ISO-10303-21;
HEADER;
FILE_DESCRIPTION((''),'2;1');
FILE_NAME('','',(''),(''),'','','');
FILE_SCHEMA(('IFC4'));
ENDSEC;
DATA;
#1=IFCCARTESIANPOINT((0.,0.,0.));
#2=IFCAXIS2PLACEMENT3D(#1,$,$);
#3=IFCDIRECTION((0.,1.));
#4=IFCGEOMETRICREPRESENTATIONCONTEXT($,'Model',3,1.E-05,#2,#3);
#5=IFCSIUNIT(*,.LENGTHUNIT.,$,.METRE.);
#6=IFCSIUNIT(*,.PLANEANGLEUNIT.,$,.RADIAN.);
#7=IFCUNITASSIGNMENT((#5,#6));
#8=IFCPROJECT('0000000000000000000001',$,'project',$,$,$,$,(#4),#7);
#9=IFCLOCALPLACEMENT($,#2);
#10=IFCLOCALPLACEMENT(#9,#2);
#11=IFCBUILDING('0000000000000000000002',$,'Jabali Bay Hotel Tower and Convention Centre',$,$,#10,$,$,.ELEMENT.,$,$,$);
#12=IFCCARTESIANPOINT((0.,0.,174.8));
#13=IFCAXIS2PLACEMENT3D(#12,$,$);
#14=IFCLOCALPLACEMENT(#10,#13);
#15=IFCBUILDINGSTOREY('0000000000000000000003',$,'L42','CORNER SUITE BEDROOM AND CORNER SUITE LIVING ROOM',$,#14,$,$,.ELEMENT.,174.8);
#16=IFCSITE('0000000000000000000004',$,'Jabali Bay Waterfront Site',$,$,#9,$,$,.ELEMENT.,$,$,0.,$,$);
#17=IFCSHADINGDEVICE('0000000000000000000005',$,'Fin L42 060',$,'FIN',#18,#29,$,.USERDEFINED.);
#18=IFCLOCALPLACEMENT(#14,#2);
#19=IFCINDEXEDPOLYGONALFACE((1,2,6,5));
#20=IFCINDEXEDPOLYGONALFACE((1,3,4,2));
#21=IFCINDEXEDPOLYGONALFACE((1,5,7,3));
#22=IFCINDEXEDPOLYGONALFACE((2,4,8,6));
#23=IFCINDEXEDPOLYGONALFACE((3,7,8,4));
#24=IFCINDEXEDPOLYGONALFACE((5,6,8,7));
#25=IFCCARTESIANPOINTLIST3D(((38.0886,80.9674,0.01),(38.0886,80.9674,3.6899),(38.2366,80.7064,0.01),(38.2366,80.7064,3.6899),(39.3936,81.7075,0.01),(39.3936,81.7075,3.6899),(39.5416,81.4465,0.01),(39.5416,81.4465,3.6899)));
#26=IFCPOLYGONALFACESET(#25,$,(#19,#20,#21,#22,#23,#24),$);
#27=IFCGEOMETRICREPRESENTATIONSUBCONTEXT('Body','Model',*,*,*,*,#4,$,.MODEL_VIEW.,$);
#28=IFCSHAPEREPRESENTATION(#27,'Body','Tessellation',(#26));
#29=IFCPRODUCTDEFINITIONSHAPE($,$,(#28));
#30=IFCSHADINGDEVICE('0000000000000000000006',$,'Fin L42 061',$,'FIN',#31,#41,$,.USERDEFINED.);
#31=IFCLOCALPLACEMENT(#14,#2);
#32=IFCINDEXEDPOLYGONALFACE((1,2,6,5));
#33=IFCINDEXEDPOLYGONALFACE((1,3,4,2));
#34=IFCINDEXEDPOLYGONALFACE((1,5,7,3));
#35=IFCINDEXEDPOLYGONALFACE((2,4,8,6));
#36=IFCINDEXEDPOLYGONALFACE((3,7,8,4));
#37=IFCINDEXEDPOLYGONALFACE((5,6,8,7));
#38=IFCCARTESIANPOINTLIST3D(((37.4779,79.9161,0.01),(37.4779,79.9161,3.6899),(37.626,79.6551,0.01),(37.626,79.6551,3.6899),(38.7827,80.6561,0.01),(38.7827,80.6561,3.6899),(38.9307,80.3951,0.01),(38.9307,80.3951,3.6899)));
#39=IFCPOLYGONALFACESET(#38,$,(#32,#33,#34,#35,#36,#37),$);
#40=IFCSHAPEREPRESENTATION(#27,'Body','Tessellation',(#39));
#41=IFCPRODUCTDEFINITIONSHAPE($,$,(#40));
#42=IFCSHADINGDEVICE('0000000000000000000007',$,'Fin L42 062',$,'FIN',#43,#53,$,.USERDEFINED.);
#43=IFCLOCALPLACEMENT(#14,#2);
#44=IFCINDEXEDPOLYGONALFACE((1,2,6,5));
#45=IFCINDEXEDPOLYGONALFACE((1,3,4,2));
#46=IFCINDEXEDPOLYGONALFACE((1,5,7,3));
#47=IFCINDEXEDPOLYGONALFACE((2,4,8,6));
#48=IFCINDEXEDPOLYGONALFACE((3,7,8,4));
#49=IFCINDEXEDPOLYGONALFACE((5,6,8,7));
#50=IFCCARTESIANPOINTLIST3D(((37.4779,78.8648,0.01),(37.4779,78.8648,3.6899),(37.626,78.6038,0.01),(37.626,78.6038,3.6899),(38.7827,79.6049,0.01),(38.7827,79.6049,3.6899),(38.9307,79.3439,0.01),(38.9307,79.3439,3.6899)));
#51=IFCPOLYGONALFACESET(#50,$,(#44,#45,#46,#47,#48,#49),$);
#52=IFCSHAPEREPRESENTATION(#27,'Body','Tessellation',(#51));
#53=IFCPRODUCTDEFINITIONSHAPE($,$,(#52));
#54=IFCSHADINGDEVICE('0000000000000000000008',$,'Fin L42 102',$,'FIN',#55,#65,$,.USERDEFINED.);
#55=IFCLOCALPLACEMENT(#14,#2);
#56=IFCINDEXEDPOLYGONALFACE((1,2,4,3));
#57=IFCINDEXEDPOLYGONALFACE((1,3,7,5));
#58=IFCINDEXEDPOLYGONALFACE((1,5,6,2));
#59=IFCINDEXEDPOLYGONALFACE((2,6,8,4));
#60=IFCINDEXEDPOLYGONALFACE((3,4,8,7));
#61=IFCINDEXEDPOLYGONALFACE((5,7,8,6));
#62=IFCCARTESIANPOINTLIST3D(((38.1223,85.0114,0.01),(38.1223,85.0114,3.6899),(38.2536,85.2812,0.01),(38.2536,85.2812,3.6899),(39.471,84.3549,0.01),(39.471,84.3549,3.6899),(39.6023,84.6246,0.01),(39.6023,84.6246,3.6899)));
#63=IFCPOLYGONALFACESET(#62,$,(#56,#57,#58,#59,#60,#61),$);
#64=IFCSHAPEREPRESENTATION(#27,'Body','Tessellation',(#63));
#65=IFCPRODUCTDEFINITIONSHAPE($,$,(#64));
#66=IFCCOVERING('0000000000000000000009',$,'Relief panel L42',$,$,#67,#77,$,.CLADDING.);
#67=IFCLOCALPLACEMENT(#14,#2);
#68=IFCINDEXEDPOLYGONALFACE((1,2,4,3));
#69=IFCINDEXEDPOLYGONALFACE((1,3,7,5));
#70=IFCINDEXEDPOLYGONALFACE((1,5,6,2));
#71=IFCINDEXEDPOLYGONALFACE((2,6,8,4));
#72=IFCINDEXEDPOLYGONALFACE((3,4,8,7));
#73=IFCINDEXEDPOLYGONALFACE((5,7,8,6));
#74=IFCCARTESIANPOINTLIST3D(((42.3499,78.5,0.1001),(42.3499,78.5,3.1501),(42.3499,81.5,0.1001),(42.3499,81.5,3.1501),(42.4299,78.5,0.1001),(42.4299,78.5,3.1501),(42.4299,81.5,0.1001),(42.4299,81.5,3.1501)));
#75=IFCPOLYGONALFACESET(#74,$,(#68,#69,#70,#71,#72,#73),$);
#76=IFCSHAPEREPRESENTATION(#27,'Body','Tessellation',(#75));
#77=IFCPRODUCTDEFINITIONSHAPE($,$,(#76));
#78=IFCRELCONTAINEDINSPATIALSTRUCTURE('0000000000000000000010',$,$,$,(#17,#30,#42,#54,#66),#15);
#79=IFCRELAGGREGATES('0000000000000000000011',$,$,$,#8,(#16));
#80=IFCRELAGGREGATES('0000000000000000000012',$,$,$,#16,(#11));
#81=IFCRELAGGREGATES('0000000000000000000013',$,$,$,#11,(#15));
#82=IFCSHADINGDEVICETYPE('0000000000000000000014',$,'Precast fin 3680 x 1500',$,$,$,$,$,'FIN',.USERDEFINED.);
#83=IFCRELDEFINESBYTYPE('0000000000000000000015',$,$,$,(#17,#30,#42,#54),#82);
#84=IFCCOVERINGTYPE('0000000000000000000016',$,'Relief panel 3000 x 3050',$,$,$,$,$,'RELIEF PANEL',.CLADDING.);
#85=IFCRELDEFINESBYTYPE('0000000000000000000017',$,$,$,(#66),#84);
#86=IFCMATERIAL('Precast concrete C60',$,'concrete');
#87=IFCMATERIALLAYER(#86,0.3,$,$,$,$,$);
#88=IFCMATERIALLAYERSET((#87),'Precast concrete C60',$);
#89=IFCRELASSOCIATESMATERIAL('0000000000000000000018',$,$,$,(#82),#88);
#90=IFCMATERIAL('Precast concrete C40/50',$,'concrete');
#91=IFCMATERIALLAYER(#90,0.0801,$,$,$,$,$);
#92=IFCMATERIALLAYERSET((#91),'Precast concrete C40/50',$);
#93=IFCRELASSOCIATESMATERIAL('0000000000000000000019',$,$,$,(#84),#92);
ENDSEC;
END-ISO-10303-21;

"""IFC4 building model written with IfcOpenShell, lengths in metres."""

from ifc_helpers import new_model, si_unit, direction, frame, frame_2d, origin, origin_2d, place, context, subcontext, project, spatial, rectangle, extrude, material, layer, layer_set, type_object, element, save


model = new_model("IFC4")

# Units and contexts
model_context = context("Model", 3, precision=1e-05, world=origin(), true_north=direction((0.0, 1.0)))
body_context = subcontext(model_context, "Body", "Model", "MODEL_VIEW")
ifc_project = project(units=[si_unit("LENGTHUNIT", "METRE"), si_unit("PLANEANGLEUNIT", "RADIAN")], contexts=[model_context])

# Site, building, storey
site_placement = place(None, origin())
site = spatial("IfcSite", under=ifc_project, at=site_placement, Name="Jabali Bay Waterfront Site", CompositionType="ELEMENT", RefElevation=0.0)
building_placement = place(site_placement, origin())
building = spatial("IfcBuilding", under=site, at=building_placement, Name="Jabali Bay Hotel Tower and Convention Centre", CompositionType="ELEMENT")
storey_placement = place(building_placement, frame((0.0, 0.0, 174.8)))
storey = spatial("IfcBuildingStorey", under=building, at=storey_placement, Name="L42", Description="CORNER SUITE BEDROOM AND CORNER SUITE LIVING ROOM", CompositionType="ELEMENT", Elevation=174.8)

# Shading devices
ifc_material_1 = material(Name="Precast concrete C60", Category="concrete")
ifc_layer_1 = layer(ifc_material_1, 0.3)
ifc_layer_set_1 = layer_set([ifc_layer_1], Name="Precast concrete C60")
shading_device_type = type_object("IfcShadingDeviceType", Name="Precast fin 3680 x 1500", ElementType="FIN", PredefinedType="USERDEFINED", material=ifc_layer_set_1)
shading_device_placement = place(storey_placement, frame((39.4675, 81.5769, 0.01), z_axis=(0.0, 0.0, 1.0), x_axis=(-0.869871, -0.493279, 0.0)))
element("IfcShadingDevice", 1, at=shading_device_placement, inside=storey, type_object=shading_device_type, Name="Fin L42 060", ObjectType="FIN", PredefinedType="USERDEFINED", context=body_context, shape_type="SweptSolid", body=[
    extrude(rectangle(XDim=1.5002, YDim=0.3, at=frame_2d((0.75, 0.0))), origin(), (0.0, 0.0, 1.0), 3.6799),
])
for number, where, z_axis, x_axis, name in (
    (2, (38.8567, 80.5256, 0.01), (0.0, 0.0, 1.0), (-0.869831, -0.493349, 0.0), "Fin L42 061"),
    (3, (38.8567, 79.4744, 0.01), (0.0, 0.0, 1.0), (-0.869831, -0.493349, 0.0), "Fin L42 062"),
    (4, (39.5366, 84.4897, 0.01), (0.0, 0.0, 1.0), (-0.899129, 0.437683, 0.0), "Fin L42 102"),
):
    element("IfcShadingDevice", number, at=place(storey_placement, frame(where, z_axis=z_axis, x_axis=x_axis)), inside=storey, type_object=shading_device_type, Name=name, ObjectType="FIN", PredefinedType="USERDEFINED", context=body_context, shape_type="SweptSolid", body=[
        extrude(rectangle(XDim=1.5, YDim=0.3, at=frame_2d((0.75, 0.0))), origin(), (0.0, 0.0, 1.0), 3.6799),
    ])

# Covering
ifc_material_2 = material(Name="Precast concrete C40/50", Category="concrete")
ifc_layer_2 = layer(ifc_material_2, 0.0801)
ifc_layer_set_2 = layer_set([ifc_layer_2], Name="Precast concrete C40/50")
covering_type = type_object("IfcCoveringType", Name="Relief panel 3000 x 3050", ElementType="RELIEF PANEL", PredefinedType="CLADDING", material=ifc_layer_set_2)
covering_placement = place(storey_placement, frame((42.3899, 80.0, 0.1001), z_axis=(0.0, 0.0, 1.0), x_axis=(0.0, 1.0, 0.0)))
element("IfcCovering", 5, at=covering_placement, inside=storey, type_object=covering_type, Name="Relief panel L42", PredefinedType="CLADDING", context=body_context, shape_type="SweptSolid", body=[
    extrude(rectangle(XDim=3.0, YDim=0.0801, at=origin_2d()), origin(), (0.0, 0.0, 1.0), 3.05),
])

save(model, "model.ifc")
